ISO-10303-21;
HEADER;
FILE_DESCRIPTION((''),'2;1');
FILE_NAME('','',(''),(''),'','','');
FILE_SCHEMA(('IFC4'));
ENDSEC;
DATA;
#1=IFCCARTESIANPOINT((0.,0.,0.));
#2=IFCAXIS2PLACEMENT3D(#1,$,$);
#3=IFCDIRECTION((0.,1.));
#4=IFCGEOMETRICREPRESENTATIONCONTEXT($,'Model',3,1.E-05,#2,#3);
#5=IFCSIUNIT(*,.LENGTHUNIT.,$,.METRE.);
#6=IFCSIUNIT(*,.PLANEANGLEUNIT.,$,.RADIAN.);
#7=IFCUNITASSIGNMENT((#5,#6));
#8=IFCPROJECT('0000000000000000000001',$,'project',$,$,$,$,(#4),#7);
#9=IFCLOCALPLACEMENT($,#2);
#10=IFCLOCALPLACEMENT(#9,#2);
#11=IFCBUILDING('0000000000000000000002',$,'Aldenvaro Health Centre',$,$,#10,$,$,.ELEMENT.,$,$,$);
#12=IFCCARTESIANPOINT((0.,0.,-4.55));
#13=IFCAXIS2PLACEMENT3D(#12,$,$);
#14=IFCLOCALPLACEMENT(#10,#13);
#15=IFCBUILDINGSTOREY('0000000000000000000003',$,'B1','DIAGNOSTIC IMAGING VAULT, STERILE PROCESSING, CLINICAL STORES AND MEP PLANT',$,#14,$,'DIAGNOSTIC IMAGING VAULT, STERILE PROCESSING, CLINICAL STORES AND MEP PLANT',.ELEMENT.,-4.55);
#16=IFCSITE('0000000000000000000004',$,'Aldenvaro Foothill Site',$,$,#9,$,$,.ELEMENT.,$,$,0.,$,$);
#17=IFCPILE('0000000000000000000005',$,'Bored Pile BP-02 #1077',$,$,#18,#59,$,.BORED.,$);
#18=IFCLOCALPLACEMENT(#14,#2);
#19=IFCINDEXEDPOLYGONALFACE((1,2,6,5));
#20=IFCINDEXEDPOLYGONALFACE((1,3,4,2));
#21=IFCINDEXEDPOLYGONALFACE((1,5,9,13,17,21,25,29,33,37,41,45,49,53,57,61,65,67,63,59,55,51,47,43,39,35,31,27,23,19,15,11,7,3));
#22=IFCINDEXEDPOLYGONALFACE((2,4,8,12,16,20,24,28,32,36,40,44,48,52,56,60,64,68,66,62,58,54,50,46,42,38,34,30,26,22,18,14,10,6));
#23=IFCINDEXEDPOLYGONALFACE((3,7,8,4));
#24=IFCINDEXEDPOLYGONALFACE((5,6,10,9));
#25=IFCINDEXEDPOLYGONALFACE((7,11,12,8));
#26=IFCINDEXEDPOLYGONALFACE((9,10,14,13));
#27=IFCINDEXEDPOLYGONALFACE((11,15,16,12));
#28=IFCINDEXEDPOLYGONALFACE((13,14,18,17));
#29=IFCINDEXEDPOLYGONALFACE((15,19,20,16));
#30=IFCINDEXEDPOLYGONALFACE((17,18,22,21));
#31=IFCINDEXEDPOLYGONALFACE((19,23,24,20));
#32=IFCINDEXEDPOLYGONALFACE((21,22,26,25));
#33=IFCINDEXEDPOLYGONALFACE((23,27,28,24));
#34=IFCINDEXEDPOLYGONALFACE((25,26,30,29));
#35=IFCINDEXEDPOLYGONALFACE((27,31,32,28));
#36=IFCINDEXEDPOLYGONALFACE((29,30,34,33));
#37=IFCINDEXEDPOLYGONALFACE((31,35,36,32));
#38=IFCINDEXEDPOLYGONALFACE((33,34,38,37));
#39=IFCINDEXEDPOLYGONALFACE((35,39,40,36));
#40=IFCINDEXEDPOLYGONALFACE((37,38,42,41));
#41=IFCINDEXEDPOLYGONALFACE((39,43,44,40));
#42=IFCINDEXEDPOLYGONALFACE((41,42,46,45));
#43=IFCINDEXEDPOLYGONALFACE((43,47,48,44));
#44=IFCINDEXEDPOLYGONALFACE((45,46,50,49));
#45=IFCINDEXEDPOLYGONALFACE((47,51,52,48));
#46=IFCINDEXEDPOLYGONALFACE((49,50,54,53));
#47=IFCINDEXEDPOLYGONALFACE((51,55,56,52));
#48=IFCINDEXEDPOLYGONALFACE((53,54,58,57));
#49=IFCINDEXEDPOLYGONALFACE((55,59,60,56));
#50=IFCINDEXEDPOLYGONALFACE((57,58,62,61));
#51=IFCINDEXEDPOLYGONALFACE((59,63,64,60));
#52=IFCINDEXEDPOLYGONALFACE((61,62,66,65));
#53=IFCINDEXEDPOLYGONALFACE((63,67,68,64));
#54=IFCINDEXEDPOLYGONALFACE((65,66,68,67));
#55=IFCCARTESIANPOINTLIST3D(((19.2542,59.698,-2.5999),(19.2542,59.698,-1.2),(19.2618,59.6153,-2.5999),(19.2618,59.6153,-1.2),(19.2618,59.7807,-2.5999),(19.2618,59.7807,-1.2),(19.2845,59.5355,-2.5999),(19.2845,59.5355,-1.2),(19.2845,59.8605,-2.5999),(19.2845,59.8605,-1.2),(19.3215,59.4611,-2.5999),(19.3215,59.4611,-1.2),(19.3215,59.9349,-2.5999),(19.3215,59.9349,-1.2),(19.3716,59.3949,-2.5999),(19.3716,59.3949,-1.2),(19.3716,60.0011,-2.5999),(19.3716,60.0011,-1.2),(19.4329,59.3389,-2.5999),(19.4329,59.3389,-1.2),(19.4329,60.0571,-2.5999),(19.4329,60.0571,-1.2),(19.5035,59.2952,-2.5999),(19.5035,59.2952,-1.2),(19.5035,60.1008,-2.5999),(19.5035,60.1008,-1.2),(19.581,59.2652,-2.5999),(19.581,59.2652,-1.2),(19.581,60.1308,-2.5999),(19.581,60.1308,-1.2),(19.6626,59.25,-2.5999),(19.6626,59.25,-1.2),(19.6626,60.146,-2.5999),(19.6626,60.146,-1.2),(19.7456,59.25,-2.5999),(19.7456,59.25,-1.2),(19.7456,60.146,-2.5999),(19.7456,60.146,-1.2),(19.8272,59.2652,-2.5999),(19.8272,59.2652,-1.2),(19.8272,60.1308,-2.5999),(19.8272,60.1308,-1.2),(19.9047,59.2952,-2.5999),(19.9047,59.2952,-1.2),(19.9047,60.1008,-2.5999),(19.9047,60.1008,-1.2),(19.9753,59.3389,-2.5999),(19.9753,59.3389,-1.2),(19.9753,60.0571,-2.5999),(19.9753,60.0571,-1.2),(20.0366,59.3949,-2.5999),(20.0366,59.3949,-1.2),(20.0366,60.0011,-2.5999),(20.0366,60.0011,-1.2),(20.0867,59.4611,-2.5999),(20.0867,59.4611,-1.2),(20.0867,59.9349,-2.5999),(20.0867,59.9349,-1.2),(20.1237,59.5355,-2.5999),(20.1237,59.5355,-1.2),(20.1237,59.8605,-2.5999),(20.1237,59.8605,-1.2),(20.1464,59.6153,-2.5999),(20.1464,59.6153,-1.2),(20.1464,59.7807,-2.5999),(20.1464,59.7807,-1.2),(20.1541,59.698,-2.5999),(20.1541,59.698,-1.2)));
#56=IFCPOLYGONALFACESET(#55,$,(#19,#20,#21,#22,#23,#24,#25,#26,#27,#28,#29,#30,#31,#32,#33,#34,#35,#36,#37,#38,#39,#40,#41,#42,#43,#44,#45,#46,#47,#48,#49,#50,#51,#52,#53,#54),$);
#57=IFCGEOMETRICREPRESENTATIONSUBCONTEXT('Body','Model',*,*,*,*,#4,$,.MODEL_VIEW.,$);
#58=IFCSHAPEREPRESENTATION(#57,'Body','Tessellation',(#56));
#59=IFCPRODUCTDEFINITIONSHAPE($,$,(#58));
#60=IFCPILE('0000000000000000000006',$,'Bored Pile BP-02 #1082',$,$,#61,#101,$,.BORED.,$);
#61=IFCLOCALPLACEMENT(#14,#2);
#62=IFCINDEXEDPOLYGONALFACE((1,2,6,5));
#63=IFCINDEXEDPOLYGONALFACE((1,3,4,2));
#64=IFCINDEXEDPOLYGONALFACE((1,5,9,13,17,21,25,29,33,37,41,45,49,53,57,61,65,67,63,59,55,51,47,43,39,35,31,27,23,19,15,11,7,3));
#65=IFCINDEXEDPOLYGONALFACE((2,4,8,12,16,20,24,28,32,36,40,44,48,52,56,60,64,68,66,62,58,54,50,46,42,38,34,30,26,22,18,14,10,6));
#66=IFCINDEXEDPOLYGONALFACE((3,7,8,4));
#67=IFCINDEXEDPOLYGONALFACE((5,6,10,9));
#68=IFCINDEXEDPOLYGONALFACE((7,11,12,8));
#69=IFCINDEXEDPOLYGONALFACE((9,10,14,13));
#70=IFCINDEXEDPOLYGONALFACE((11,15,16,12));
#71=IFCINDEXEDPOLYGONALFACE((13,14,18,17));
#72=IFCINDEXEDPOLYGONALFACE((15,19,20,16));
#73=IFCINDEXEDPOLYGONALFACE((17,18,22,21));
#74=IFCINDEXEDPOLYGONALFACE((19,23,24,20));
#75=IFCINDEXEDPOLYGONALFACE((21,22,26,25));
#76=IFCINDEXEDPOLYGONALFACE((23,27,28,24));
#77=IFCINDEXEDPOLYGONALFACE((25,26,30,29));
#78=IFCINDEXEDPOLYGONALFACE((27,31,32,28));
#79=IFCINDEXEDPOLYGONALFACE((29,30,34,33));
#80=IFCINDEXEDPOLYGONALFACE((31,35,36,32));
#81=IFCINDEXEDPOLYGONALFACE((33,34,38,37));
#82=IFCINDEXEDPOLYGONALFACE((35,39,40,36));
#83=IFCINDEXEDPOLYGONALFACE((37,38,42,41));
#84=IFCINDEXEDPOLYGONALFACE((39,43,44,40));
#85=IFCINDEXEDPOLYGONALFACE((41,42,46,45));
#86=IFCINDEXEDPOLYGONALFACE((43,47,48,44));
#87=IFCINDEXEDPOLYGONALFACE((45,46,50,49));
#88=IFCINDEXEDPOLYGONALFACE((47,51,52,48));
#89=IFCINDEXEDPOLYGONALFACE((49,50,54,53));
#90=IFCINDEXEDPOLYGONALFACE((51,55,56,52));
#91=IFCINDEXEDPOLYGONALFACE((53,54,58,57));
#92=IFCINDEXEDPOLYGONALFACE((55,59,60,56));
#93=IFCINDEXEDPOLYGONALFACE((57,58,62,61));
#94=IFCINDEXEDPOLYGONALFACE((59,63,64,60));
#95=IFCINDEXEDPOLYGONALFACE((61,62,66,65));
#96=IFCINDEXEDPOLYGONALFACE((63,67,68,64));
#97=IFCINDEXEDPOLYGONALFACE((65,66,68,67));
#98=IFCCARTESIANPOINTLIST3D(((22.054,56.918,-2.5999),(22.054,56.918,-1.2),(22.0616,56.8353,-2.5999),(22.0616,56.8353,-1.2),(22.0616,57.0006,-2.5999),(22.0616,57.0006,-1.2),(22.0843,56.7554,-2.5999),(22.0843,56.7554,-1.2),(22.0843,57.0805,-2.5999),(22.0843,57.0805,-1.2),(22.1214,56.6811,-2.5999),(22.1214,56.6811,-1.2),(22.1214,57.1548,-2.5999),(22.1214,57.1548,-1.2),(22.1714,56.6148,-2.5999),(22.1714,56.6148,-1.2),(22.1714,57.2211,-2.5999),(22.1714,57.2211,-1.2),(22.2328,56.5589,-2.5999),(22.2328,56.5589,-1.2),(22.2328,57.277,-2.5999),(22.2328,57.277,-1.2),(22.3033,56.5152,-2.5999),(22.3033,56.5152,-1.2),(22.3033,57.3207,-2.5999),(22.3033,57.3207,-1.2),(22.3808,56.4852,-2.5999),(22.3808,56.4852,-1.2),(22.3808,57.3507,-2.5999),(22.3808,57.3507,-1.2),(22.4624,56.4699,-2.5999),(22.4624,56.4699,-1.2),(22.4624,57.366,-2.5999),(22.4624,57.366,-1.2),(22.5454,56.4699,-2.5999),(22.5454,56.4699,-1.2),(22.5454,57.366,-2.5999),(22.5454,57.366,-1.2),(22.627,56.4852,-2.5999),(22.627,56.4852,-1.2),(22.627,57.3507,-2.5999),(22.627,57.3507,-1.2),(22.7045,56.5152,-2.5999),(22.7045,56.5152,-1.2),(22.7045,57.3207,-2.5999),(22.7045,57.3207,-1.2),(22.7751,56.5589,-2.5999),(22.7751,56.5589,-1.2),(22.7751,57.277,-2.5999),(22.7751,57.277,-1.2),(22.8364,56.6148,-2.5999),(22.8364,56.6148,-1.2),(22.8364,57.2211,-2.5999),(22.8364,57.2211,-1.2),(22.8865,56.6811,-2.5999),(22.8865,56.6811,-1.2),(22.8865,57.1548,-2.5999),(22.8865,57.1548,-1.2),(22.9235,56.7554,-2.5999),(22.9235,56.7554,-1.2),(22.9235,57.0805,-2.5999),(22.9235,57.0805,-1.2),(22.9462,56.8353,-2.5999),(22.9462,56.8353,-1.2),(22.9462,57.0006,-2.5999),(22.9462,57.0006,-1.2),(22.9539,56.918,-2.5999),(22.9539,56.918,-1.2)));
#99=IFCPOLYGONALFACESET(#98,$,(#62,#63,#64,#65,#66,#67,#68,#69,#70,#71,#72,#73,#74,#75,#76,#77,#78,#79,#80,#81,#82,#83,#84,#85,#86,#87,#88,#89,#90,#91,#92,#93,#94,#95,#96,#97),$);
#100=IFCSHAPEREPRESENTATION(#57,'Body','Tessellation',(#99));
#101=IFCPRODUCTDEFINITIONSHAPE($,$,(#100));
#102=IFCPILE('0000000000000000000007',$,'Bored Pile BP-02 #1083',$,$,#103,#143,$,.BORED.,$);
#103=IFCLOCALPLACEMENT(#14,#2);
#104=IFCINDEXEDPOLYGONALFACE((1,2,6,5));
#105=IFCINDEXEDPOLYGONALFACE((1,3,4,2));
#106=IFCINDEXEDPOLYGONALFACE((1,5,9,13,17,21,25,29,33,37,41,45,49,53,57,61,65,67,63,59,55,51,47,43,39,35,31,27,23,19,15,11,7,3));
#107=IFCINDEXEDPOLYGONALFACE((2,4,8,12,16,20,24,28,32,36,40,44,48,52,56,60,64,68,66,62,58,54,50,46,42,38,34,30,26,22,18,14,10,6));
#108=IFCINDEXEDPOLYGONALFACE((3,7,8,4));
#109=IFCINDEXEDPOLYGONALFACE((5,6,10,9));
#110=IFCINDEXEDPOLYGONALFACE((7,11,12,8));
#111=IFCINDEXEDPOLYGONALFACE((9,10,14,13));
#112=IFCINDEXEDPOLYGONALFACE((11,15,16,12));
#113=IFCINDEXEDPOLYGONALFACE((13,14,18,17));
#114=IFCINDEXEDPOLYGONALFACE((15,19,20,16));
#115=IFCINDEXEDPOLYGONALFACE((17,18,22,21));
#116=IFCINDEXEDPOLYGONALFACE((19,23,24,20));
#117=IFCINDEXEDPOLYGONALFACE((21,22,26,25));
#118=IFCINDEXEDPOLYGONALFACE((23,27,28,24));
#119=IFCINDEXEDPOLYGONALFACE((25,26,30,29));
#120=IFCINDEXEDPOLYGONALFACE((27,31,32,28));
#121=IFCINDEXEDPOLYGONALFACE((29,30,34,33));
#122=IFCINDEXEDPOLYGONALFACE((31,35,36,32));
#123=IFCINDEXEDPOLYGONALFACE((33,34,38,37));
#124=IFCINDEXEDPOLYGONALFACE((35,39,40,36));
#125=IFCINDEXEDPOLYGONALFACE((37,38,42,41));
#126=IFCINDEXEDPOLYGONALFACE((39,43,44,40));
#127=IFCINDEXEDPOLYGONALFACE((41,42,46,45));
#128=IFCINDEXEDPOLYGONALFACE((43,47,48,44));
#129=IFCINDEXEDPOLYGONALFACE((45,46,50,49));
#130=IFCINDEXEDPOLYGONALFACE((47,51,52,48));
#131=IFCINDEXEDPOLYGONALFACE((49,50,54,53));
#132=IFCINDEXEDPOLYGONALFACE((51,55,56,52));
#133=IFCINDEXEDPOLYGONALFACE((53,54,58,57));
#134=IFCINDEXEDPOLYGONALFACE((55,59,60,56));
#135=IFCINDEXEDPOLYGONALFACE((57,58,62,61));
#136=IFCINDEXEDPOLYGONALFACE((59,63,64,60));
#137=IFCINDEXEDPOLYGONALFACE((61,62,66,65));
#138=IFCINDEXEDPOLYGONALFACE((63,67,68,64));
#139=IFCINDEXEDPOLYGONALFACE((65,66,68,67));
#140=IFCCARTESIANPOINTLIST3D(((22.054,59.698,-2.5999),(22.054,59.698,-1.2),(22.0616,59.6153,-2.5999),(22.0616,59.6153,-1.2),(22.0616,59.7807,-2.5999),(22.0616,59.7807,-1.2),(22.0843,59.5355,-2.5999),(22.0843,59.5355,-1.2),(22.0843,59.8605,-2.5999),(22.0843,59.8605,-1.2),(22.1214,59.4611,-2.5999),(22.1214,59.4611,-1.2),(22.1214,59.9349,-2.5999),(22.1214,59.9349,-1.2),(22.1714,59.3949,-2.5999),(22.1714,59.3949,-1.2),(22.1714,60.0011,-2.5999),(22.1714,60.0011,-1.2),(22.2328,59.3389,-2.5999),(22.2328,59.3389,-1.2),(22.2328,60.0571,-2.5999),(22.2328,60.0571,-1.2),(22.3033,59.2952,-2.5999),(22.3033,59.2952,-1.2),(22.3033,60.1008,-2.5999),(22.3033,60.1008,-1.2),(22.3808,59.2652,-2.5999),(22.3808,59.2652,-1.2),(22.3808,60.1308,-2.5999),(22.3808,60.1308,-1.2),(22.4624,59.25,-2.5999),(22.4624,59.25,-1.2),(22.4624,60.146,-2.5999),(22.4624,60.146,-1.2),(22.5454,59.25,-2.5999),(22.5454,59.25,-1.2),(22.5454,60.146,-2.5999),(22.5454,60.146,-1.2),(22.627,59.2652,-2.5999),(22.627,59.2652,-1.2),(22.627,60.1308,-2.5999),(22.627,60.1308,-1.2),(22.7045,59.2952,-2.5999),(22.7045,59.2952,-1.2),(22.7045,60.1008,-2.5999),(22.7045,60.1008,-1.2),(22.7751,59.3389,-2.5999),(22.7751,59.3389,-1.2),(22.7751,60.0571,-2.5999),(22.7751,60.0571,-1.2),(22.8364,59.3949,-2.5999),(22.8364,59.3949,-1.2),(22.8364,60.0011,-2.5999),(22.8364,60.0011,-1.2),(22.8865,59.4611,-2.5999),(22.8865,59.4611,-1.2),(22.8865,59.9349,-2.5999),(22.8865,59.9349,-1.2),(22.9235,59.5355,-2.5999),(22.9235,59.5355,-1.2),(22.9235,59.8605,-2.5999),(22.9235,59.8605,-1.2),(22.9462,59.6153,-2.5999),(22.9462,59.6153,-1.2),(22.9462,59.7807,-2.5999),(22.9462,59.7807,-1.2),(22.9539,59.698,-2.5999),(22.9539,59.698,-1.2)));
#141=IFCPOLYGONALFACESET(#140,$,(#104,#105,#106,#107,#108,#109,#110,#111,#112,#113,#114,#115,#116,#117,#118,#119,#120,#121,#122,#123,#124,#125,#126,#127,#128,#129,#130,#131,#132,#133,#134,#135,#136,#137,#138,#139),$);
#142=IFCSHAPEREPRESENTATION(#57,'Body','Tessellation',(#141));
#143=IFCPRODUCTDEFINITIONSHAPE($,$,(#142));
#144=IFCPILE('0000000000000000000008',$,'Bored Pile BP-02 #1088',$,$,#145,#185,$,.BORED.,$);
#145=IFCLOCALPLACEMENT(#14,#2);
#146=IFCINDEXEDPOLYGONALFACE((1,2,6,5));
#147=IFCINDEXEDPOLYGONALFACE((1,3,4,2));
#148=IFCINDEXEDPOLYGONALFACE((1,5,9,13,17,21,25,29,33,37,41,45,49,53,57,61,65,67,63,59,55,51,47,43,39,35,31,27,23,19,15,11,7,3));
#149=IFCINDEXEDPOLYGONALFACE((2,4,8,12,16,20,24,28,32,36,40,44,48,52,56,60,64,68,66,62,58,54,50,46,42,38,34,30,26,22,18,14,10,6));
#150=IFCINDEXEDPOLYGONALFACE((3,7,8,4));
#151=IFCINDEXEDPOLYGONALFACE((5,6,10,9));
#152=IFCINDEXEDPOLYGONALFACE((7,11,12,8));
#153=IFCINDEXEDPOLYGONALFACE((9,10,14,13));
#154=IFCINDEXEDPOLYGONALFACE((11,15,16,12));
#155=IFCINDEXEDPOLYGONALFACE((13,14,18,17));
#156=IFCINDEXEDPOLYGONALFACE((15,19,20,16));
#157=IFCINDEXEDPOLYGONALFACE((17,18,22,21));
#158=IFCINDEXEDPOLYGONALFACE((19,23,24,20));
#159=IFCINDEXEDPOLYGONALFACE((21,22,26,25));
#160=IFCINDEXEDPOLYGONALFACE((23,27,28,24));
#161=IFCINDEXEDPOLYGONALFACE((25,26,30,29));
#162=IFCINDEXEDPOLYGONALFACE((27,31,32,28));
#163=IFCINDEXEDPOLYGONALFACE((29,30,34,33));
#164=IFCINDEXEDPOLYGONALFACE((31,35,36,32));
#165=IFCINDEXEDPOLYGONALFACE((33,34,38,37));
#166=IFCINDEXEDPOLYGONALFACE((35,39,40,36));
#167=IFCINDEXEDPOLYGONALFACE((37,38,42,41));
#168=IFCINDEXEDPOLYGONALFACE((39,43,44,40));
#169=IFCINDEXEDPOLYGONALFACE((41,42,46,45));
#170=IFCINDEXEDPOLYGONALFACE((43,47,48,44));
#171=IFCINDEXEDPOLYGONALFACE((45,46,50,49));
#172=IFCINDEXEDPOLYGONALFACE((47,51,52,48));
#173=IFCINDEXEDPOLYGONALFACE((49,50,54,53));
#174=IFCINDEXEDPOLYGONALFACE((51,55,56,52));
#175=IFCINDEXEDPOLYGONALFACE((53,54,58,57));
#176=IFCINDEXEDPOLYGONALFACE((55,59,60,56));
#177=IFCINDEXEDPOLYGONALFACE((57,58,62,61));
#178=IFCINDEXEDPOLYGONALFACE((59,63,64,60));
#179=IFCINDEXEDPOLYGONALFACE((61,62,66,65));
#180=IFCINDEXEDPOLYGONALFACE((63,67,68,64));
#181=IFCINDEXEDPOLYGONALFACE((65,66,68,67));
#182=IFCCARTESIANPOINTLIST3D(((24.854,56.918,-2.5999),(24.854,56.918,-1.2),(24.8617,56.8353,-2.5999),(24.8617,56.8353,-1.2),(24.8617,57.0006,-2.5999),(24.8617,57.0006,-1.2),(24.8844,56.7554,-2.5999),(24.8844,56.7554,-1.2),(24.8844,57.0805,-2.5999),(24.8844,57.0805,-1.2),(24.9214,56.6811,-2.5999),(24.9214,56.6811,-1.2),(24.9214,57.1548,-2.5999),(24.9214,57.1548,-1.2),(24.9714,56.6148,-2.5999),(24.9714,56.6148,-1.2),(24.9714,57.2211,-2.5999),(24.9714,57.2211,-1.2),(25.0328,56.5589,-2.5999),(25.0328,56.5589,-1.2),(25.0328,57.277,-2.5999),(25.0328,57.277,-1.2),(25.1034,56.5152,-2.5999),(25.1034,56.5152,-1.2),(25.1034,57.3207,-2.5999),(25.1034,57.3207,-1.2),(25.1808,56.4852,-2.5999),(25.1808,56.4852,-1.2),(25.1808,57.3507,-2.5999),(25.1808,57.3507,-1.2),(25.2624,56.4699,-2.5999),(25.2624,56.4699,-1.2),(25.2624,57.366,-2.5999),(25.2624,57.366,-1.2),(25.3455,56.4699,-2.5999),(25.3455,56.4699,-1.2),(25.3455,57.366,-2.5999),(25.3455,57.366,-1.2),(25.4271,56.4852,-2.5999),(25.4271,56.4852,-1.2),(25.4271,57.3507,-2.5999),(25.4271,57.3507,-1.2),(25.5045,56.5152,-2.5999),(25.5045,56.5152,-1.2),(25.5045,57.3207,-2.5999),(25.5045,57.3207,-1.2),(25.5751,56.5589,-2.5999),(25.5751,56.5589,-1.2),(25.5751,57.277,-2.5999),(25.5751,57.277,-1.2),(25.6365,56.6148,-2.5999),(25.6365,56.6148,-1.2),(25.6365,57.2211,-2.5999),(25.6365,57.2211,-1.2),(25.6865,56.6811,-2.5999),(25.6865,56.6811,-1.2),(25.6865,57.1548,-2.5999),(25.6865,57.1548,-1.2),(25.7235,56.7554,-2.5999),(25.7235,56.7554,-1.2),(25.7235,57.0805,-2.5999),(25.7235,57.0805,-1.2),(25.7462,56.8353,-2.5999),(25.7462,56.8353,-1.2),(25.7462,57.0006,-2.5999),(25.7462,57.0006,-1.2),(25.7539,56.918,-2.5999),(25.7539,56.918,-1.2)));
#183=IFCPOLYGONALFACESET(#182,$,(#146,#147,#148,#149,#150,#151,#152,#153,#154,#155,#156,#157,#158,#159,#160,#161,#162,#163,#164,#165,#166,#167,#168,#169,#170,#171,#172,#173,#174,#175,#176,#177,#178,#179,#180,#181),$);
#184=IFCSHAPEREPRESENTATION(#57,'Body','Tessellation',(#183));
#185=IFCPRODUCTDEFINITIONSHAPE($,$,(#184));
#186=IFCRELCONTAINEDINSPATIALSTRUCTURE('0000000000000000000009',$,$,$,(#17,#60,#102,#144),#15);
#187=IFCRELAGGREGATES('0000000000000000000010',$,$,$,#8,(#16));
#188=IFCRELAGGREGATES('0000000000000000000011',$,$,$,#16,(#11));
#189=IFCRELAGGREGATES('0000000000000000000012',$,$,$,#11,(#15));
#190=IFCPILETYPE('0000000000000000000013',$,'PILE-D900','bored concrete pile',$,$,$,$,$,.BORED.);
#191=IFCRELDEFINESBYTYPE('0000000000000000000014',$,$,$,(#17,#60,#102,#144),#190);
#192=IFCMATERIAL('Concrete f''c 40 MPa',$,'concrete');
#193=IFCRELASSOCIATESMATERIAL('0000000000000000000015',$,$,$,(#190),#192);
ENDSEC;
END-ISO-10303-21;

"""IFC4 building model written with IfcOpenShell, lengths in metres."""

from ifc_helpers import new_model, si_unit, direction, frame, origin, origin_2d, place, context, subcontext, project, spatial, circle, extrude, material, material_profile, profile_set, type_object, element, save


model = new_model("IFC4")

# Units and contexts
model_context = context("Model", 3, precision=1e-05, world=origin(), true_north=direction((0.0, 1.0)))
body_context = subcontext(model_context, "Body", "Model", "MODEL_VIEW")
ifc_project = project(units=[si_unit("LENGTHUNIT", "METRE"), si_unit("PLANEANGLEUNIT", "RADIAN")], contexts=[model_context])

# Site, building, storey
site_placement = place(None, origin())
site = spatial("IfcSite", under=ifc_project, at=site_placement, Name="Aldenvaro Foothill Site", CompositionType="ELEMENT", RefElevation=0.0)
building_placement = place(site_placement, origin())
building = spatial("IfcBuilding", under=site, at=building_placement, Name="Aldenvaro Health Centre", CompositionType="ELEMENT")
storey_placement = place(building_placement, frame((0.0, 0.0, -4.55)))
storey = spatial("IfcBuildingStorey", under=building, at=storey_placement, Name="B1", Description="DIAGNOSTIC IMAGING VAULT, STERILE PROCESSING, CLINICAL STORES AND MEP PLANT", LongName="DIAGNOSTIC IMAGING VAULT, STERILE PROCESSING, CLINICAL STORES AND MEP PLANT", CompositionType="ELEMENT", Elevation=-4.55)

# Piles
ifc_material_1 = material(Name="Concrete f'c 40 MPa", Category="concrete")
ifc_material_profile_1 = material_profile(ifc_material_1, circle(Radius=0.45, at=origin_2d()), Name="PILE D900", Category="concrete")
ifc_profile_set_1 = profile_set([ifc_material_profile_1], Name="Concrete f'c 40 MPa")
pile_type_1 = type_object("IfcPileType", Name="PILE-D900", Description="bored concrete pile", PredefinedType="BORED", material=ifc_profile_set_1)
for number, where, z_axis, x_axis, name in (
    (1, (19.7041, 59.698, -1.2), (0.0, 0.0, -1.0), (1.0, 0.0, 0.0), "Bored Pile BP-02 #1077"),
    (2, (22.5039, 56.918, -1.2), (0.0, 0.0, -1.0), (1.0, 0.0, 0.0), "Bored Pile BP-02 #1082"),
    (3, (22.5039, 59.698, -1.2), (0.0, 0.0, -1.0), (1.0, 0.0, 0.0), "Bored Pile BP-02 #1083"),
    (4, (25.304, 56.918, -1.2), (0.0, 0.0, -1.0), (1.0, 0.0, 0.0), "Bored Pile BP-02 #1088"),
):
    element("IfcPile", number, at=place(storey_placement, frame(where, z_axis=z_axis, x_axis=x_axis)), inside=storey, type_object=pile_type_1, Name=name, PredefinedType="BORED", context=body_context, shape_type="SweptSolid", body=[
        extrude(circle(Radius=0.45, at=origin_2d()), origin(), (0.0, 0.0, 1.0), 1.3999),
    ])

save(model, "model.ifc")
